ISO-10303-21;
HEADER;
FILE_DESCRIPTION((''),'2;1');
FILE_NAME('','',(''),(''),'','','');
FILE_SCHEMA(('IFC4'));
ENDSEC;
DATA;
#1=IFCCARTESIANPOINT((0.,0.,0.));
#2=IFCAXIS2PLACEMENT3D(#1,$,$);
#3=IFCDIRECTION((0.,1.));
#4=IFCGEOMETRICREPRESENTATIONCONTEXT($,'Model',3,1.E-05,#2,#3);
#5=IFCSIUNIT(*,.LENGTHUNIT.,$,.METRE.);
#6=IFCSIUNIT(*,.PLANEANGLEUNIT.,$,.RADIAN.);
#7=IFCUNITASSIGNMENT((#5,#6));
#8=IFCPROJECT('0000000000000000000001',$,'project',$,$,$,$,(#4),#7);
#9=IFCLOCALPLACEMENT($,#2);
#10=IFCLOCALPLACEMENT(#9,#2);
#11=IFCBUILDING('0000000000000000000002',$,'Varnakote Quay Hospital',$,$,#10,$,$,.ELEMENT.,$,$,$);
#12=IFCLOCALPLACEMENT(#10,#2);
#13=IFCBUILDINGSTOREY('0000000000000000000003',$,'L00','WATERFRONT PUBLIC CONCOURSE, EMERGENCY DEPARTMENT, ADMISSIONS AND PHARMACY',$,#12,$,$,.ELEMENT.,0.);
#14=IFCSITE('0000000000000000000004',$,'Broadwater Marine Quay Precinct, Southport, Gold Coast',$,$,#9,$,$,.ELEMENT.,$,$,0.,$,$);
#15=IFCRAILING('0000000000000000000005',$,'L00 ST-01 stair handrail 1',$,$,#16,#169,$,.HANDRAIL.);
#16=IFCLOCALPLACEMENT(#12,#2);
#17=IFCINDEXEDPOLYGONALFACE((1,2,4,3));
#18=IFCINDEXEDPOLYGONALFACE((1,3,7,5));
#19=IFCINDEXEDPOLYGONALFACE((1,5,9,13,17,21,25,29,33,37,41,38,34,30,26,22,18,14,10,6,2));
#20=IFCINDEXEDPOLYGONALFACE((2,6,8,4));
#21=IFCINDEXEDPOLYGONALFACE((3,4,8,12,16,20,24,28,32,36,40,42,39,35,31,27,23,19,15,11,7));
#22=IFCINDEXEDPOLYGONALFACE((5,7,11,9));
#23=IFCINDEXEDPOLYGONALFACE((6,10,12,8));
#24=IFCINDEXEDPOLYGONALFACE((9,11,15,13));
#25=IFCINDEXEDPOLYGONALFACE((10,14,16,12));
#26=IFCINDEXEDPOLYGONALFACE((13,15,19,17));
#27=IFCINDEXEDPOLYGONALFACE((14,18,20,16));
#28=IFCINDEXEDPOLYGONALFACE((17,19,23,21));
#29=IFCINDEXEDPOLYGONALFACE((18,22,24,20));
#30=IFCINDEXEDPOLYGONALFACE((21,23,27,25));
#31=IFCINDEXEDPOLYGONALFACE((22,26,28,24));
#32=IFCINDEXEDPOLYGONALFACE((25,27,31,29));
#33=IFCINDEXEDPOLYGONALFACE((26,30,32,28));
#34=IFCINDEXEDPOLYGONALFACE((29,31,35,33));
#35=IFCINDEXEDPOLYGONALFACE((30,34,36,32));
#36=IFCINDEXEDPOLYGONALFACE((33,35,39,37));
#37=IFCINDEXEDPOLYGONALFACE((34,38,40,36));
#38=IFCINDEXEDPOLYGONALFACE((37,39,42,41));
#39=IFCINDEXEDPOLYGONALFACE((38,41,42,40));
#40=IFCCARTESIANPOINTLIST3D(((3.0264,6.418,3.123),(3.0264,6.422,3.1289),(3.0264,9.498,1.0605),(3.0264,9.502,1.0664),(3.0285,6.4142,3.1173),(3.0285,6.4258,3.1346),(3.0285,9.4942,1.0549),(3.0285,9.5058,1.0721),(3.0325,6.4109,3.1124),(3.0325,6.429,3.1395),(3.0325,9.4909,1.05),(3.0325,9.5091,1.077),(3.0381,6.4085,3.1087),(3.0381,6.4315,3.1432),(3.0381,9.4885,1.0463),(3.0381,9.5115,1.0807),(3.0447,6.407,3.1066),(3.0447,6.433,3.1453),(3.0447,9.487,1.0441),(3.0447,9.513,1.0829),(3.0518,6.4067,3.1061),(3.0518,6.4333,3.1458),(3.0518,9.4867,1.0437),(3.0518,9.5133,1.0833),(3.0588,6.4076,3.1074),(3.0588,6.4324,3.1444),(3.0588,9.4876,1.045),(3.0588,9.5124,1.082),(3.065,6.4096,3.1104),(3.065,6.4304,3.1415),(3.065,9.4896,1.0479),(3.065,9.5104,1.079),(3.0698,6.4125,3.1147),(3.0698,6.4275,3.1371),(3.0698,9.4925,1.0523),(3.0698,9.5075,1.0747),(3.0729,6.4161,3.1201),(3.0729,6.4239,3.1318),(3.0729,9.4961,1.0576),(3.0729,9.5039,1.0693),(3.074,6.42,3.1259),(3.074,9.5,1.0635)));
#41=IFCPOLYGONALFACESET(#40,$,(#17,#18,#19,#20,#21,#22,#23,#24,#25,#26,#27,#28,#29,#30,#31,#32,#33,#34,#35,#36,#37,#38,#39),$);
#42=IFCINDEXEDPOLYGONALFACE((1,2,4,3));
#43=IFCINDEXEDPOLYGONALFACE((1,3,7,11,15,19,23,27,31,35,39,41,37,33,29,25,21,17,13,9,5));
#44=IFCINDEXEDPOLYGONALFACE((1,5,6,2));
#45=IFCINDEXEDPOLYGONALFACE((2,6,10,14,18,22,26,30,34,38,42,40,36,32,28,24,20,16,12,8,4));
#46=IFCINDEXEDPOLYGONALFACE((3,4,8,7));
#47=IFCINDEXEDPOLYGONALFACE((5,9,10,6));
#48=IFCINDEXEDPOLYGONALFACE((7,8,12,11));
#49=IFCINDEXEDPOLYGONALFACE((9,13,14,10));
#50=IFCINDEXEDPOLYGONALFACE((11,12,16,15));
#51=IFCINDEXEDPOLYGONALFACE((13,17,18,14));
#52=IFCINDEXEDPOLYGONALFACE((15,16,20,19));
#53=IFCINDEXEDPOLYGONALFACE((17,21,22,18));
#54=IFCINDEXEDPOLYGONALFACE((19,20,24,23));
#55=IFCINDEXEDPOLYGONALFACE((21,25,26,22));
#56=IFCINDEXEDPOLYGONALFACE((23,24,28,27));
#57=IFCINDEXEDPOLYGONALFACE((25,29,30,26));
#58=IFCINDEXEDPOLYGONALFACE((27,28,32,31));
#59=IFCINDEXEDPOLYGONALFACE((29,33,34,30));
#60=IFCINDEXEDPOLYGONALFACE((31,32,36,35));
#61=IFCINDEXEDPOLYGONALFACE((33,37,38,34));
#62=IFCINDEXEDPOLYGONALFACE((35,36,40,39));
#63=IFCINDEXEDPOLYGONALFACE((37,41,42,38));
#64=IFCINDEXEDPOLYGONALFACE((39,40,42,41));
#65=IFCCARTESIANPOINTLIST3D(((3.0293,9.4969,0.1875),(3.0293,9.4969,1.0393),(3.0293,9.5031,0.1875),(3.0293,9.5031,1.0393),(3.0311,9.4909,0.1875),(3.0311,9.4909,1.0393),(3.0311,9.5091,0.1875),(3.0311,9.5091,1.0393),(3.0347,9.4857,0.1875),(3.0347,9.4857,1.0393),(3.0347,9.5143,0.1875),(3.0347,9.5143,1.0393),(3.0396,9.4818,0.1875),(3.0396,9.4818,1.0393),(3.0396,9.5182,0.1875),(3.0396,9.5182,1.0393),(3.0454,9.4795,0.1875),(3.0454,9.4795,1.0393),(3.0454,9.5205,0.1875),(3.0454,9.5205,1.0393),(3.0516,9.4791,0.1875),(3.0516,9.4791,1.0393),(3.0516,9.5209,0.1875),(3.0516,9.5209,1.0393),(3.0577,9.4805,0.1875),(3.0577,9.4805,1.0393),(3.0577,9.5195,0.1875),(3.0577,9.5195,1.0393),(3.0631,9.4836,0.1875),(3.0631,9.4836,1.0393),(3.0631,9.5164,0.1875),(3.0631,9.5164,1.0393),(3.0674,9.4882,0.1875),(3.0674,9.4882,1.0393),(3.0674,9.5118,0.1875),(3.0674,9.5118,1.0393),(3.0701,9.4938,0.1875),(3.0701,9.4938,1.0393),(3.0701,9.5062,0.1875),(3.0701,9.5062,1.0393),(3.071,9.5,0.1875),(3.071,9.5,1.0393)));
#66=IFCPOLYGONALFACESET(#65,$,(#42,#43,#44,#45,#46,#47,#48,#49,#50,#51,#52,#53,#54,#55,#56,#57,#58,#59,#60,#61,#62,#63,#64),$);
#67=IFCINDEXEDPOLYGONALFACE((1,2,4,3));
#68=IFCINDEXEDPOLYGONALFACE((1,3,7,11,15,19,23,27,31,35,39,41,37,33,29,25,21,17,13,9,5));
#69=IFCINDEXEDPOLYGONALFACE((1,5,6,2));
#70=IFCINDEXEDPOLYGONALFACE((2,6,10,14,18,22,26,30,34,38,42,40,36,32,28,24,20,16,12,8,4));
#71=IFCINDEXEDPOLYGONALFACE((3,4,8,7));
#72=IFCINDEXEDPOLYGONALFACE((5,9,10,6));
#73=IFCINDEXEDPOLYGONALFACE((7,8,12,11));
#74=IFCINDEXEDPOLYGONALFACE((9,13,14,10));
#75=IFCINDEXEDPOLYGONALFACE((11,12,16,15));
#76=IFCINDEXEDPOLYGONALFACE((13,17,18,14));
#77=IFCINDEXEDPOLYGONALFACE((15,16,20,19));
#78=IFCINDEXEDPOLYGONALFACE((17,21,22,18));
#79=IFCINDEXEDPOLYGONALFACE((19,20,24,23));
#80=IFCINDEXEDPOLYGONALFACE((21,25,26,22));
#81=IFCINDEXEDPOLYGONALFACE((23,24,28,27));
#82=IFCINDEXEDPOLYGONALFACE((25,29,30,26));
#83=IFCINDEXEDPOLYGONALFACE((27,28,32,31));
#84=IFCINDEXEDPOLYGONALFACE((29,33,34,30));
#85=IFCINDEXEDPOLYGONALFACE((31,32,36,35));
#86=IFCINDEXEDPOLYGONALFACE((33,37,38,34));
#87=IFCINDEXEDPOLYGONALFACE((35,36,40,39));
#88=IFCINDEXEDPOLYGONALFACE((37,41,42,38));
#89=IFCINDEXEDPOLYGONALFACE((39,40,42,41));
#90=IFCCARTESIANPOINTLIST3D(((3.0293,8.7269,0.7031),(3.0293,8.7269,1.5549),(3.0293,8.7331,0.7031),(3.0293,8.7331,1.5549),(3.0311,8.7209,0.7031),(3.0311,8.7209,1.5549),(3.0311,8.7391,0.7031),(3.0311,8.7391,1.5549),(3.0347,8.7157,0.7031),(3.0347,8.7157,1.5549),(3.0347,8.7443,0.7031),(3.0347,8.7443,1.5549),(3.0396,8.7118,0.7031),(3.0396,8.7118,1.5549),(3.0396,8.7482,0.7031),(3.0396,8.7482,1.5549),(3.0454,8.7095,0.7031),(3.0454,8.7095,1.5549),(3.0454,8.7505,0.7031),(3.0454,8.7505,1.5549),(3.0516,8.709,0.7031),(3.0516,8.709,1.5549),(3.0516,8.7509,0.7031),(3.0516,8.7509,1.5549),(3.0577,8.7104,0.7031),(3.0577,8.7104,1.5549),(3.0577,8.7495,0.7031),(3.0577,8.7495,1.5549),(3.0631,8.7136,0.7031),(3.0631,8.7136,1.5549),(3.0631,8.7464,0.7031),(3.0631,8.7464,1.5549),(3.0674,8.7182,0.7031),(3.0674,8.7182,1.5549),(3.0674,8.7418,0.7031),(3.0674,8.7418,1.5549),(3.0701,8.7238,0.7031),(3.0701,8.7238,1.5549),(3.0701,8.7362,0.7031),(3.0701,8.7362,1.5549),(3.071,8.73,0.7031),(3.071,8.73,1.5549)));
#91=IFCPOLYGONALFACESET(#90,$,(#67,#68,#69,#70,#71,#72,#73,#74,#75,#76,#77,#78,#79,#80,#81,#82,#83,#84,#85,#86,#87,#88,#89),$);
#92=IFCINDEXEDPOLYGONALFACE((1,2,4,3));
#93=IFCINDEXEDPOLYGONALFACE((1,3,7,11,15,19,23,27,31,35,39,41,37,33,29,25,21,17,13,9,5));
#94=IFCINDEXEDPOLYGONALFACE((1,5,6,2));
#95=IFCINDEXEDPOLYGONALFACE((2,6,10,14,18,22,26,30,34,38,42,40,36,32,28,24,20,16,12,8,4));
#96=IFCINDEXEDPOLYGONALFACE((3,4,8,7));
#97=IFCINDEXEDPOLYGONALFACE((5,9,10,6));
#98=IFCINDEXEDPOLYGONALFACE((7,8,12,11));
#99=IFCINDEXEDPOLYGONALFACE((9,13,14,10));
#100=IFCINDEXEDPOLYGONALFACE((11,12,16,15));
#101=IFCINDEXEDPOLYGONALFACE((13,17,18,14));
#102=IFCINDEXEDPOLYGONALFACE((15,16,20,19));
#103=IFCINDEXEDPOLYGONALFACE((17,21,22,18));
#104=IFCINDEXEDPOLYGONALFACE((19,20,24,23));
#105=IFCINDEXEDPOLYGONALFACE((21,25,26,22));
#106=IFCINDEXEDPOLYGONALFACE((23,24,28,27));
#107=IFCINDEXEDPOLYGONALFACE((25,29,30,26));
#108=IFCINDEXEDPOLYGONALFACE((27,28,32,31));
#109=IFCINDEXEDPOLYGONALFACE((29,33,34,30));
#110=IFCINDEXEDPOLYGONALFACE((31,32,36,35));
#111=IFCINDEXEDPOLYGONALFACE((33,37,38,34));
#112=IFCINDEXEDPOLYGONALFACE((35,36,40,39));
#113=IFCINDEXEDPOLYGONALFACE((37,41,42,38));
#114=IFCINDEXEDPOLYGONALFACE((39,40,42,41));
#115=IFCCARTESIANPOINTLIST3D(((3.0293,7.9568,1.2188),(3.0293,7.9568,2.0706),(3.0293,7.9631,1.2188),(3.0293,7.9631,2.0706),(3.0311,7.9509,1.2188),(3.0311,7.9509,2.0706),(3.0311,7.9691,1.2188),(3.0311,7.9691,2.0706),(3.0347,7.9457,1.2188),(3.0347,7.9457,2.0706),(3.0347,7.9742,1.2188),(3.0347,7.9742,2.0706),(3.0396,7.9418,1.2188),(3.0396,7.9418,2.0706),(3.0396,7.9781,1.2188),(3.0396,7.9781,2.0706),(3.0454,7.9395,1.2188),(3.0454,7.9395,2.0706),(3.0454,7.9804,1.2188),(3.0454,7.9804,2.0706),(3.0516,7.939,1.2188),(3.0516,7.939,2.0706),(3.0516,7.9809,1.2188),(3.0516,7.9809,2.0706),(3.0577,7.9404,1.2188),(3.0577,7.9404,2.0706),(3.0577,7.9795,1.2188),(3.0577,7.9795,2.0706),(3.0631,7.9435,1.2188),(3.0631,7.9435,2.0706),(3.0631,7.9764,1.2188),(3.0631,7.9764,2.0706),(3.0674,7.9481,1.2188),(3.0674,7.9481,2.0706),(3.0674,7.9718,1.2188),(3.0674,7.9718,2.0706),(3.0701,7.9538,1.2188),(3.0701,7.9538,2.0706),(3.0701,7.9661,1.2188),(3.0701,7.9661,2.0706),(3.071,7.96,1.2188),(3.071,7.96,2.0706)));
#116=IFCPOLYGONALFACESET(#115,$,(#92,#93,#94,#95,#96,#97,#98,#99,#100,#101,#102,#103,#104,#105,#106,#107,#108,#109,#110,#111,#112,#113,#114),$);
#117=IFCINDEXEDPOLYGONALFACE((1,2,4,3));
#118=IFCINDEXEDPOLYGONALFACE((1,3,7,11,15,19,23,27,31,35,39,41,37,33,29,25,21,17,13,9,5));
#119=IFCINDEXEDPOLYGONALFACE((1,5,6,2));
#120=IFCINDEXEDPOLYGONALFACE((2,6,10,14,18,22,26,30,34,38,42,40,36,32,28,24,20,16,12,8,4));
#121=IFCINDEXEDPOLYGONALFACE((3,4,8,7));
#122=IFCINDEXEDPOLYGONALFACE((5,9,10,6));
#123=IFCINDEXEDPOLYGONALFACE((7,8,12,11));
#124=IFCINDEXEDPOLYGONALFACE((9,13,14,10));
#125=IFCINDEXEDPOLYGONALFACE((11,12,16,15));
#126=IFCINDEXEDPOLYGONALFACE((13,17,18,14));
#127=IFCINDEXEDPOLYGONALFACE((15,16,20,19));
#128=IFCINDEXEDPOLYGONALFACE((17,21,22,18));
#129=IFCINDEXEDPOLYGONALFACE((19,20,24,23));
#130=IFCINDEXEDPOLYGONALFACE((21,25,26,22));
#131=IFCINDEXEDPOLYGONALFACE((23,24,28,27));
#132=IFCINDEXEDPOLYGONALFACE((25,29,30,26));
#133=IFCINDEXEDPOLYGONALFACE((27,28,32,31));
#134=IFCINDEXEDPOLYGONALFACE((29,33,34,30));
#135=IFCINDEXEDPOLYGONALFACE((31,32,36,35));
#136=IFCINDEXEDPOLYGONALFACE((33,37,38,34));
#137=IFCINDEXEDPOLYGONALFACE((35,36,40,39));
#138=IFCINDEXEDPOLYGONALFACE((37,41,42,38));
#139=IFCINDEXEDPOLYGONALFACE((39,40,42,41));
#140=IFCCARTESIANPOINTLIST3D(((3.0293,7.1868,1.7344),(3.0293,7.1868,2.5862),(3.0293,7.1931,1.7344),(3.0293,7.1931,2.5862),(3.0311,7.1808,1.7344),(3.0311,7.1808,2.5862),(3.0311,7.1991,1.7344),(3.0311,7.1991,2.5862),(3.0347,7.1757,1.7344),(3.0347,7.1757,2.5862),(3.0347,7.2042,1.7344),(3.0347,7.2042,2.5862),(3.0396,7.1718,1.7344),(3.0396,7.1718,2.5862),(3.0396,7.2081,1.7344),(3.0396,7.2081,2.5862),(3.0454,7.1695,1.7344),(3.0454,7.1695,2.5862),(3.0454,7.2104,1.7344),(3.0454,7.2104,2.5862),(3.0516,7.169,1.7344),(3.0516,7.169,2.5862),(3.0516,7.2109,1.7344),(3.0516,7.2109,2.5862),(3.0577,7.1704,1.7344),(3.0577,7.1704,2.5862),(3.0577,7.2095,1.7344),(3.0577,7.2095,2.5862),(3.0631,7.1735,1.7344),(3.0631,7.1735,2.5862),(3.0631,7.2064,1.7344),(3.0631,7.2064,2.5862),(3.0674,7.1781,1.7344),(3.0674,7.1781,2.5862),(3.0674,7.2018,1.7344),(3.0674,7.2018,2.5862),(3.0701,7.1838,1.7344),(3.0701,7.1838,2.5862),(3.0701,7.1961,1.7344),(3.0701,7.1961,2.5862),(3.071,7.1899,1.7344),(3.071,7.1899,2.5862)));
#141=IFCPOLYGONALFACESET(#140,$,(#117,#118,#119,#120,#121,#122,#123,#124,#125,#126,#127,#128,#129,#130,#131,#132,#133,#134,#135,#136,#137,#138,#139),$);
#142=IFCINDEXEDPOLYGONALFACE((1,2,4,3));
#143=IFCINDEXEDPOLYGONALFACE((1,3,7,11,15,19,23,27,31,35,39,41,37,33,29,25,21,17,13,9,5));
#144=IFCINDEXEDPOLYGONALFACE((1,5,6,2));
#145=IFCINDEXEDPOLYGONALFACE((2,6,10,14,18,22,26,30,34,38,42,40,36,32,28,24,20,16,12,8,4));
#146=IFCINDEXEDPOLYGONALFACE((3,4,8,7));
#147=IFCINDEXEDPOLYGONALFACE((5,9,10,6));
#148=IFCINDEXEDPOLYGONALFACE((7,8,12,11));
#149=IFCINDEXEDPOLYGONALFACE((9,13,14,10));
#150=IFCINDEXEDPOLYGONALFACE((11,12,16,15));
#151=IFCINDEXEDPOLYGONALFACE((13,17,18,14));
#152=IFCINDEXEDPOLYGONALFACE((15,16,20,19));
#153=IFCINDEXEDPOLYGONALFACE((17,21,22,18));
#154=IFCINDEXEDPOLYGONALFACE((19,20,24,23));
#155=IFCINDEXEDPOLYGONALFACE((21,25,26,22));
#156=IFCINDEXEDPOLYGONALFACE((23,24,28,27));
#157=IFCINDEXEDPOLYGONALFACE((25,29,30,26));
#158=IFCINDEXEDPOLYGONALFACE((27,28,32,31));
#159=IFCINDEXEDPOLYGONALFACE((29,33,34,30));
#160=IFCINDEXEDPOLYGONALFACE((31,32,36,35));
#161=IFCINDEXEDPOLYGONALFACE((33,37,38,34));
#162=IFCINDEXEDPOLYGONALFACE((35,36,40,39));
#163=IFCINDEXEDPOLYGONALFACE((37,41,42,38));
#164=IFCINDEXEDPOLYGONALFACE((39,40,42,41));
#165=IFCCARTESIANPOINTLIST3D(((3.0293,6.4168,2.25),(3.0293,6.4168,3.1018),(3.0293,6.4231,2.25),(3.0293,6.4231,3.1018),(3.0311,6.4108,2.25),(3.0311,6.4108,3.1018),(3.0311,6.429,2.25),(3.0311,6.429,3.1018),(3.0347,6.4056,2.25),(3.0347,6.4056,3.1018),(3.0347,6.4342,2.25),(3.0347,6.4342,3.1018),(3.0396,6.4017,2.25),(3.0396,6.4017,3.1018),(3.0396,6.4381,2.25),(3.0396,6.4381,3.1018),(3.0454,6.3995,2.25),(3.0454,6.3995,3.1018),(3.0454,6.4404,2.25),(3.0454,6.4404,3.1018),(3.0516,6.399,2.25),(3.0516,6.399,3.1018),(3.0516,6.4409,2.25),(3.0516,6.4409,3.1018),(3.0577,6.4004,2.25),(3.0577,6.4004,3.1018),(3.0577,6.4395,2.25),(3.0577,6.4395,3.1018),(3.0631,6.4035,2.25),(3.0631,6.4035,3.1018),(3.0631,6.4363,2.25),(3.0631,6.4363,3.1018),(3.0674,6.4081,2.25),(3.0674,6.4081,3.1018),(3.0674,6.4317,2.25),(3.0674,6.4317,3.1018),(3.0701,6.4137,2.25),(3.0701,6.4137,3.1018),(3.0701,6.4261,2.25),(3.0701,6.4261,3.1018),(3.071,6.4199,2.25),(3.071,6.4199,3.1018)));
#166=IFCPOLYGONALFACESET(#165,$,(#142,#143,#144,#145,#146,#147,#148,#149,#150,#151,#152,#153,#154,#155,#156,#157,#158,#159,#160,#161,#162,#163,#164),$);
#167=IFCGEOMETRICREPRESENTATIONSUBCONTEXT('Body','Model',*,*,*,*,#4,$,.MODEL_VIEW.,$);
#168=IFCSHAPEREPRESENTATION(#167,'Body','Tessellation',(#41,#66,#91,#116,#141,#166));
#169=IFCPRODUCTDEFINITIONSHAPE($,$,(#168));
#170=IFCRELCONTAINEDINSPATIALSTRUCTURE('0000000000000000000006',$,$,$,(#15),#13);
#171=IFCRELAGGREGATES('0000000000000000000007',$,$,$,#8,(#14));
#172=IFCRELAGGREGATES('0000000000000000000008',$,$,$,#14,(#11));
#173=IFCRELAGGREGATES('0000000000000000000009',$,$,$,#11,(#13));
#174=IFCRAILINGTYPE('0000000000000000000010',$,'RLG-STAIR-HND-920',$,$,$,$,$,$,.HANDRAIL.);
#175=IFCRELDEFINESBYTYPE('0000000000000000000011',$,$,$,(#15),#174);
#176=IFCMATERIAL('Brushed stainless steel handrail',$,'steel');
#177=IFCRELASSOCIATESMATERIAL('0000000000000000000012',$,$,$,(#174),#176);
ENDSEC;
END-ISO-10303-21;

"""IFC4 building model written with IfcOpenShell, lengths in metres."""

from ifc_helpers import new_model, si_unit, direction, frame, origin, origin_2d, place, context, subcontext, project, spatial, circle, extrude, material, type_object, element, save


model = new_model("IFC4")

# Units and contexts
model_context = context("Model", 3, precision=1e-05, world=origin(), true_north=direction((0.0, 1.0)))
body_context = subcontext(model_context, "Body", "Model", "MODEL_VIEW")
ifc_project = project(units=[si_unit("LENGTHUNIT", "METRE"), si_unit("PLANEANGLEUNIT", "RADIAN")], contexts=[model_context])

# Site, building, storey
site_placement = place(None, origin())
site = spatial("IfcSite", under=ifc_project, at=site_placement, Name="Broadwater Marine Quay Precinct, Southport, Gold Coast", CompositionType="ELEMENT", RefElevation=0.0)
building_placement = place(site_placement, origin())
building = spatial("IfcBuilding", under=site, at=building_placement, Name="Varnakote Quay Hospital", CompositionType="ELEMENT")
storey_placement = place(building_placement, origin())
storey = spatial("IfcBuildingStorey", under=building, at=storey_placement, Name="L00", Description="WATERFRONT PUBLIC CONCOURSE, EMERGENCY DEPARTMENT, ADMISSIONS AND PHARMACY", CompositionType="ELEMENT", Elevation=0.0)

# Railing
ifc_material_1 = material(Name="Brushed stainless steel handrail", Category="steel")
railing_type_1 = type_object("IfcRailingType", Name="RLG-STAIR-HND-920", PredefinedType="HANDRAIL", material=ifc_material_1)
railing_1_placement = place(storey_placement, frame((3.05, 9.5, 0.1875)))
element("IfcRailing", 1, at=railing_1_placement, inside=storey, type_object=railing_type_1, Name="L00 ST-01 stair handrail 1", PredefinedType="HANDRAIL", context=body_context, shape_type="SweptSolid", body=[
    extrude(circle(Radius=0.0239, at=origin_2d()), frame((0.0, 0.0, 0.876), z_axis=(0.0, -0.830914, 0.556401), x_axis=(1.0, 0.0, 0.0)), (0.0, 0.0, 1.0), 3.7068),
    extrude(circle(Radius=0.021, at=origin_2d()), origin(), (0.0, 0.0, 1.0), 0.8518),
    extrude(circle(Radius=0.021, at=origin_2d()), frame((0.0, -0.77, 0.5156)), (0.0, 0.0, 1.0), 0.8518),
    extrude(circle(Radius=0.021, at=origin_2d()), frame((0.0, -1.54, 1.0312)), (0.0, 0.0, 1.0), 0.8518),
    extrude(circle(Radius=0.021, at=origin_2d()), frame((0.0, -2.3101, 1.5469)), (0.0, 0.0, 1.0), 0.8518),
    extrude(circle(Radius=0.021, at=origin_2d()), frame((0.0, -3.0801, 2.0625)), (0.0, 0.0, 1.0), 0.8518),
])

save(model, "model.ifc")
